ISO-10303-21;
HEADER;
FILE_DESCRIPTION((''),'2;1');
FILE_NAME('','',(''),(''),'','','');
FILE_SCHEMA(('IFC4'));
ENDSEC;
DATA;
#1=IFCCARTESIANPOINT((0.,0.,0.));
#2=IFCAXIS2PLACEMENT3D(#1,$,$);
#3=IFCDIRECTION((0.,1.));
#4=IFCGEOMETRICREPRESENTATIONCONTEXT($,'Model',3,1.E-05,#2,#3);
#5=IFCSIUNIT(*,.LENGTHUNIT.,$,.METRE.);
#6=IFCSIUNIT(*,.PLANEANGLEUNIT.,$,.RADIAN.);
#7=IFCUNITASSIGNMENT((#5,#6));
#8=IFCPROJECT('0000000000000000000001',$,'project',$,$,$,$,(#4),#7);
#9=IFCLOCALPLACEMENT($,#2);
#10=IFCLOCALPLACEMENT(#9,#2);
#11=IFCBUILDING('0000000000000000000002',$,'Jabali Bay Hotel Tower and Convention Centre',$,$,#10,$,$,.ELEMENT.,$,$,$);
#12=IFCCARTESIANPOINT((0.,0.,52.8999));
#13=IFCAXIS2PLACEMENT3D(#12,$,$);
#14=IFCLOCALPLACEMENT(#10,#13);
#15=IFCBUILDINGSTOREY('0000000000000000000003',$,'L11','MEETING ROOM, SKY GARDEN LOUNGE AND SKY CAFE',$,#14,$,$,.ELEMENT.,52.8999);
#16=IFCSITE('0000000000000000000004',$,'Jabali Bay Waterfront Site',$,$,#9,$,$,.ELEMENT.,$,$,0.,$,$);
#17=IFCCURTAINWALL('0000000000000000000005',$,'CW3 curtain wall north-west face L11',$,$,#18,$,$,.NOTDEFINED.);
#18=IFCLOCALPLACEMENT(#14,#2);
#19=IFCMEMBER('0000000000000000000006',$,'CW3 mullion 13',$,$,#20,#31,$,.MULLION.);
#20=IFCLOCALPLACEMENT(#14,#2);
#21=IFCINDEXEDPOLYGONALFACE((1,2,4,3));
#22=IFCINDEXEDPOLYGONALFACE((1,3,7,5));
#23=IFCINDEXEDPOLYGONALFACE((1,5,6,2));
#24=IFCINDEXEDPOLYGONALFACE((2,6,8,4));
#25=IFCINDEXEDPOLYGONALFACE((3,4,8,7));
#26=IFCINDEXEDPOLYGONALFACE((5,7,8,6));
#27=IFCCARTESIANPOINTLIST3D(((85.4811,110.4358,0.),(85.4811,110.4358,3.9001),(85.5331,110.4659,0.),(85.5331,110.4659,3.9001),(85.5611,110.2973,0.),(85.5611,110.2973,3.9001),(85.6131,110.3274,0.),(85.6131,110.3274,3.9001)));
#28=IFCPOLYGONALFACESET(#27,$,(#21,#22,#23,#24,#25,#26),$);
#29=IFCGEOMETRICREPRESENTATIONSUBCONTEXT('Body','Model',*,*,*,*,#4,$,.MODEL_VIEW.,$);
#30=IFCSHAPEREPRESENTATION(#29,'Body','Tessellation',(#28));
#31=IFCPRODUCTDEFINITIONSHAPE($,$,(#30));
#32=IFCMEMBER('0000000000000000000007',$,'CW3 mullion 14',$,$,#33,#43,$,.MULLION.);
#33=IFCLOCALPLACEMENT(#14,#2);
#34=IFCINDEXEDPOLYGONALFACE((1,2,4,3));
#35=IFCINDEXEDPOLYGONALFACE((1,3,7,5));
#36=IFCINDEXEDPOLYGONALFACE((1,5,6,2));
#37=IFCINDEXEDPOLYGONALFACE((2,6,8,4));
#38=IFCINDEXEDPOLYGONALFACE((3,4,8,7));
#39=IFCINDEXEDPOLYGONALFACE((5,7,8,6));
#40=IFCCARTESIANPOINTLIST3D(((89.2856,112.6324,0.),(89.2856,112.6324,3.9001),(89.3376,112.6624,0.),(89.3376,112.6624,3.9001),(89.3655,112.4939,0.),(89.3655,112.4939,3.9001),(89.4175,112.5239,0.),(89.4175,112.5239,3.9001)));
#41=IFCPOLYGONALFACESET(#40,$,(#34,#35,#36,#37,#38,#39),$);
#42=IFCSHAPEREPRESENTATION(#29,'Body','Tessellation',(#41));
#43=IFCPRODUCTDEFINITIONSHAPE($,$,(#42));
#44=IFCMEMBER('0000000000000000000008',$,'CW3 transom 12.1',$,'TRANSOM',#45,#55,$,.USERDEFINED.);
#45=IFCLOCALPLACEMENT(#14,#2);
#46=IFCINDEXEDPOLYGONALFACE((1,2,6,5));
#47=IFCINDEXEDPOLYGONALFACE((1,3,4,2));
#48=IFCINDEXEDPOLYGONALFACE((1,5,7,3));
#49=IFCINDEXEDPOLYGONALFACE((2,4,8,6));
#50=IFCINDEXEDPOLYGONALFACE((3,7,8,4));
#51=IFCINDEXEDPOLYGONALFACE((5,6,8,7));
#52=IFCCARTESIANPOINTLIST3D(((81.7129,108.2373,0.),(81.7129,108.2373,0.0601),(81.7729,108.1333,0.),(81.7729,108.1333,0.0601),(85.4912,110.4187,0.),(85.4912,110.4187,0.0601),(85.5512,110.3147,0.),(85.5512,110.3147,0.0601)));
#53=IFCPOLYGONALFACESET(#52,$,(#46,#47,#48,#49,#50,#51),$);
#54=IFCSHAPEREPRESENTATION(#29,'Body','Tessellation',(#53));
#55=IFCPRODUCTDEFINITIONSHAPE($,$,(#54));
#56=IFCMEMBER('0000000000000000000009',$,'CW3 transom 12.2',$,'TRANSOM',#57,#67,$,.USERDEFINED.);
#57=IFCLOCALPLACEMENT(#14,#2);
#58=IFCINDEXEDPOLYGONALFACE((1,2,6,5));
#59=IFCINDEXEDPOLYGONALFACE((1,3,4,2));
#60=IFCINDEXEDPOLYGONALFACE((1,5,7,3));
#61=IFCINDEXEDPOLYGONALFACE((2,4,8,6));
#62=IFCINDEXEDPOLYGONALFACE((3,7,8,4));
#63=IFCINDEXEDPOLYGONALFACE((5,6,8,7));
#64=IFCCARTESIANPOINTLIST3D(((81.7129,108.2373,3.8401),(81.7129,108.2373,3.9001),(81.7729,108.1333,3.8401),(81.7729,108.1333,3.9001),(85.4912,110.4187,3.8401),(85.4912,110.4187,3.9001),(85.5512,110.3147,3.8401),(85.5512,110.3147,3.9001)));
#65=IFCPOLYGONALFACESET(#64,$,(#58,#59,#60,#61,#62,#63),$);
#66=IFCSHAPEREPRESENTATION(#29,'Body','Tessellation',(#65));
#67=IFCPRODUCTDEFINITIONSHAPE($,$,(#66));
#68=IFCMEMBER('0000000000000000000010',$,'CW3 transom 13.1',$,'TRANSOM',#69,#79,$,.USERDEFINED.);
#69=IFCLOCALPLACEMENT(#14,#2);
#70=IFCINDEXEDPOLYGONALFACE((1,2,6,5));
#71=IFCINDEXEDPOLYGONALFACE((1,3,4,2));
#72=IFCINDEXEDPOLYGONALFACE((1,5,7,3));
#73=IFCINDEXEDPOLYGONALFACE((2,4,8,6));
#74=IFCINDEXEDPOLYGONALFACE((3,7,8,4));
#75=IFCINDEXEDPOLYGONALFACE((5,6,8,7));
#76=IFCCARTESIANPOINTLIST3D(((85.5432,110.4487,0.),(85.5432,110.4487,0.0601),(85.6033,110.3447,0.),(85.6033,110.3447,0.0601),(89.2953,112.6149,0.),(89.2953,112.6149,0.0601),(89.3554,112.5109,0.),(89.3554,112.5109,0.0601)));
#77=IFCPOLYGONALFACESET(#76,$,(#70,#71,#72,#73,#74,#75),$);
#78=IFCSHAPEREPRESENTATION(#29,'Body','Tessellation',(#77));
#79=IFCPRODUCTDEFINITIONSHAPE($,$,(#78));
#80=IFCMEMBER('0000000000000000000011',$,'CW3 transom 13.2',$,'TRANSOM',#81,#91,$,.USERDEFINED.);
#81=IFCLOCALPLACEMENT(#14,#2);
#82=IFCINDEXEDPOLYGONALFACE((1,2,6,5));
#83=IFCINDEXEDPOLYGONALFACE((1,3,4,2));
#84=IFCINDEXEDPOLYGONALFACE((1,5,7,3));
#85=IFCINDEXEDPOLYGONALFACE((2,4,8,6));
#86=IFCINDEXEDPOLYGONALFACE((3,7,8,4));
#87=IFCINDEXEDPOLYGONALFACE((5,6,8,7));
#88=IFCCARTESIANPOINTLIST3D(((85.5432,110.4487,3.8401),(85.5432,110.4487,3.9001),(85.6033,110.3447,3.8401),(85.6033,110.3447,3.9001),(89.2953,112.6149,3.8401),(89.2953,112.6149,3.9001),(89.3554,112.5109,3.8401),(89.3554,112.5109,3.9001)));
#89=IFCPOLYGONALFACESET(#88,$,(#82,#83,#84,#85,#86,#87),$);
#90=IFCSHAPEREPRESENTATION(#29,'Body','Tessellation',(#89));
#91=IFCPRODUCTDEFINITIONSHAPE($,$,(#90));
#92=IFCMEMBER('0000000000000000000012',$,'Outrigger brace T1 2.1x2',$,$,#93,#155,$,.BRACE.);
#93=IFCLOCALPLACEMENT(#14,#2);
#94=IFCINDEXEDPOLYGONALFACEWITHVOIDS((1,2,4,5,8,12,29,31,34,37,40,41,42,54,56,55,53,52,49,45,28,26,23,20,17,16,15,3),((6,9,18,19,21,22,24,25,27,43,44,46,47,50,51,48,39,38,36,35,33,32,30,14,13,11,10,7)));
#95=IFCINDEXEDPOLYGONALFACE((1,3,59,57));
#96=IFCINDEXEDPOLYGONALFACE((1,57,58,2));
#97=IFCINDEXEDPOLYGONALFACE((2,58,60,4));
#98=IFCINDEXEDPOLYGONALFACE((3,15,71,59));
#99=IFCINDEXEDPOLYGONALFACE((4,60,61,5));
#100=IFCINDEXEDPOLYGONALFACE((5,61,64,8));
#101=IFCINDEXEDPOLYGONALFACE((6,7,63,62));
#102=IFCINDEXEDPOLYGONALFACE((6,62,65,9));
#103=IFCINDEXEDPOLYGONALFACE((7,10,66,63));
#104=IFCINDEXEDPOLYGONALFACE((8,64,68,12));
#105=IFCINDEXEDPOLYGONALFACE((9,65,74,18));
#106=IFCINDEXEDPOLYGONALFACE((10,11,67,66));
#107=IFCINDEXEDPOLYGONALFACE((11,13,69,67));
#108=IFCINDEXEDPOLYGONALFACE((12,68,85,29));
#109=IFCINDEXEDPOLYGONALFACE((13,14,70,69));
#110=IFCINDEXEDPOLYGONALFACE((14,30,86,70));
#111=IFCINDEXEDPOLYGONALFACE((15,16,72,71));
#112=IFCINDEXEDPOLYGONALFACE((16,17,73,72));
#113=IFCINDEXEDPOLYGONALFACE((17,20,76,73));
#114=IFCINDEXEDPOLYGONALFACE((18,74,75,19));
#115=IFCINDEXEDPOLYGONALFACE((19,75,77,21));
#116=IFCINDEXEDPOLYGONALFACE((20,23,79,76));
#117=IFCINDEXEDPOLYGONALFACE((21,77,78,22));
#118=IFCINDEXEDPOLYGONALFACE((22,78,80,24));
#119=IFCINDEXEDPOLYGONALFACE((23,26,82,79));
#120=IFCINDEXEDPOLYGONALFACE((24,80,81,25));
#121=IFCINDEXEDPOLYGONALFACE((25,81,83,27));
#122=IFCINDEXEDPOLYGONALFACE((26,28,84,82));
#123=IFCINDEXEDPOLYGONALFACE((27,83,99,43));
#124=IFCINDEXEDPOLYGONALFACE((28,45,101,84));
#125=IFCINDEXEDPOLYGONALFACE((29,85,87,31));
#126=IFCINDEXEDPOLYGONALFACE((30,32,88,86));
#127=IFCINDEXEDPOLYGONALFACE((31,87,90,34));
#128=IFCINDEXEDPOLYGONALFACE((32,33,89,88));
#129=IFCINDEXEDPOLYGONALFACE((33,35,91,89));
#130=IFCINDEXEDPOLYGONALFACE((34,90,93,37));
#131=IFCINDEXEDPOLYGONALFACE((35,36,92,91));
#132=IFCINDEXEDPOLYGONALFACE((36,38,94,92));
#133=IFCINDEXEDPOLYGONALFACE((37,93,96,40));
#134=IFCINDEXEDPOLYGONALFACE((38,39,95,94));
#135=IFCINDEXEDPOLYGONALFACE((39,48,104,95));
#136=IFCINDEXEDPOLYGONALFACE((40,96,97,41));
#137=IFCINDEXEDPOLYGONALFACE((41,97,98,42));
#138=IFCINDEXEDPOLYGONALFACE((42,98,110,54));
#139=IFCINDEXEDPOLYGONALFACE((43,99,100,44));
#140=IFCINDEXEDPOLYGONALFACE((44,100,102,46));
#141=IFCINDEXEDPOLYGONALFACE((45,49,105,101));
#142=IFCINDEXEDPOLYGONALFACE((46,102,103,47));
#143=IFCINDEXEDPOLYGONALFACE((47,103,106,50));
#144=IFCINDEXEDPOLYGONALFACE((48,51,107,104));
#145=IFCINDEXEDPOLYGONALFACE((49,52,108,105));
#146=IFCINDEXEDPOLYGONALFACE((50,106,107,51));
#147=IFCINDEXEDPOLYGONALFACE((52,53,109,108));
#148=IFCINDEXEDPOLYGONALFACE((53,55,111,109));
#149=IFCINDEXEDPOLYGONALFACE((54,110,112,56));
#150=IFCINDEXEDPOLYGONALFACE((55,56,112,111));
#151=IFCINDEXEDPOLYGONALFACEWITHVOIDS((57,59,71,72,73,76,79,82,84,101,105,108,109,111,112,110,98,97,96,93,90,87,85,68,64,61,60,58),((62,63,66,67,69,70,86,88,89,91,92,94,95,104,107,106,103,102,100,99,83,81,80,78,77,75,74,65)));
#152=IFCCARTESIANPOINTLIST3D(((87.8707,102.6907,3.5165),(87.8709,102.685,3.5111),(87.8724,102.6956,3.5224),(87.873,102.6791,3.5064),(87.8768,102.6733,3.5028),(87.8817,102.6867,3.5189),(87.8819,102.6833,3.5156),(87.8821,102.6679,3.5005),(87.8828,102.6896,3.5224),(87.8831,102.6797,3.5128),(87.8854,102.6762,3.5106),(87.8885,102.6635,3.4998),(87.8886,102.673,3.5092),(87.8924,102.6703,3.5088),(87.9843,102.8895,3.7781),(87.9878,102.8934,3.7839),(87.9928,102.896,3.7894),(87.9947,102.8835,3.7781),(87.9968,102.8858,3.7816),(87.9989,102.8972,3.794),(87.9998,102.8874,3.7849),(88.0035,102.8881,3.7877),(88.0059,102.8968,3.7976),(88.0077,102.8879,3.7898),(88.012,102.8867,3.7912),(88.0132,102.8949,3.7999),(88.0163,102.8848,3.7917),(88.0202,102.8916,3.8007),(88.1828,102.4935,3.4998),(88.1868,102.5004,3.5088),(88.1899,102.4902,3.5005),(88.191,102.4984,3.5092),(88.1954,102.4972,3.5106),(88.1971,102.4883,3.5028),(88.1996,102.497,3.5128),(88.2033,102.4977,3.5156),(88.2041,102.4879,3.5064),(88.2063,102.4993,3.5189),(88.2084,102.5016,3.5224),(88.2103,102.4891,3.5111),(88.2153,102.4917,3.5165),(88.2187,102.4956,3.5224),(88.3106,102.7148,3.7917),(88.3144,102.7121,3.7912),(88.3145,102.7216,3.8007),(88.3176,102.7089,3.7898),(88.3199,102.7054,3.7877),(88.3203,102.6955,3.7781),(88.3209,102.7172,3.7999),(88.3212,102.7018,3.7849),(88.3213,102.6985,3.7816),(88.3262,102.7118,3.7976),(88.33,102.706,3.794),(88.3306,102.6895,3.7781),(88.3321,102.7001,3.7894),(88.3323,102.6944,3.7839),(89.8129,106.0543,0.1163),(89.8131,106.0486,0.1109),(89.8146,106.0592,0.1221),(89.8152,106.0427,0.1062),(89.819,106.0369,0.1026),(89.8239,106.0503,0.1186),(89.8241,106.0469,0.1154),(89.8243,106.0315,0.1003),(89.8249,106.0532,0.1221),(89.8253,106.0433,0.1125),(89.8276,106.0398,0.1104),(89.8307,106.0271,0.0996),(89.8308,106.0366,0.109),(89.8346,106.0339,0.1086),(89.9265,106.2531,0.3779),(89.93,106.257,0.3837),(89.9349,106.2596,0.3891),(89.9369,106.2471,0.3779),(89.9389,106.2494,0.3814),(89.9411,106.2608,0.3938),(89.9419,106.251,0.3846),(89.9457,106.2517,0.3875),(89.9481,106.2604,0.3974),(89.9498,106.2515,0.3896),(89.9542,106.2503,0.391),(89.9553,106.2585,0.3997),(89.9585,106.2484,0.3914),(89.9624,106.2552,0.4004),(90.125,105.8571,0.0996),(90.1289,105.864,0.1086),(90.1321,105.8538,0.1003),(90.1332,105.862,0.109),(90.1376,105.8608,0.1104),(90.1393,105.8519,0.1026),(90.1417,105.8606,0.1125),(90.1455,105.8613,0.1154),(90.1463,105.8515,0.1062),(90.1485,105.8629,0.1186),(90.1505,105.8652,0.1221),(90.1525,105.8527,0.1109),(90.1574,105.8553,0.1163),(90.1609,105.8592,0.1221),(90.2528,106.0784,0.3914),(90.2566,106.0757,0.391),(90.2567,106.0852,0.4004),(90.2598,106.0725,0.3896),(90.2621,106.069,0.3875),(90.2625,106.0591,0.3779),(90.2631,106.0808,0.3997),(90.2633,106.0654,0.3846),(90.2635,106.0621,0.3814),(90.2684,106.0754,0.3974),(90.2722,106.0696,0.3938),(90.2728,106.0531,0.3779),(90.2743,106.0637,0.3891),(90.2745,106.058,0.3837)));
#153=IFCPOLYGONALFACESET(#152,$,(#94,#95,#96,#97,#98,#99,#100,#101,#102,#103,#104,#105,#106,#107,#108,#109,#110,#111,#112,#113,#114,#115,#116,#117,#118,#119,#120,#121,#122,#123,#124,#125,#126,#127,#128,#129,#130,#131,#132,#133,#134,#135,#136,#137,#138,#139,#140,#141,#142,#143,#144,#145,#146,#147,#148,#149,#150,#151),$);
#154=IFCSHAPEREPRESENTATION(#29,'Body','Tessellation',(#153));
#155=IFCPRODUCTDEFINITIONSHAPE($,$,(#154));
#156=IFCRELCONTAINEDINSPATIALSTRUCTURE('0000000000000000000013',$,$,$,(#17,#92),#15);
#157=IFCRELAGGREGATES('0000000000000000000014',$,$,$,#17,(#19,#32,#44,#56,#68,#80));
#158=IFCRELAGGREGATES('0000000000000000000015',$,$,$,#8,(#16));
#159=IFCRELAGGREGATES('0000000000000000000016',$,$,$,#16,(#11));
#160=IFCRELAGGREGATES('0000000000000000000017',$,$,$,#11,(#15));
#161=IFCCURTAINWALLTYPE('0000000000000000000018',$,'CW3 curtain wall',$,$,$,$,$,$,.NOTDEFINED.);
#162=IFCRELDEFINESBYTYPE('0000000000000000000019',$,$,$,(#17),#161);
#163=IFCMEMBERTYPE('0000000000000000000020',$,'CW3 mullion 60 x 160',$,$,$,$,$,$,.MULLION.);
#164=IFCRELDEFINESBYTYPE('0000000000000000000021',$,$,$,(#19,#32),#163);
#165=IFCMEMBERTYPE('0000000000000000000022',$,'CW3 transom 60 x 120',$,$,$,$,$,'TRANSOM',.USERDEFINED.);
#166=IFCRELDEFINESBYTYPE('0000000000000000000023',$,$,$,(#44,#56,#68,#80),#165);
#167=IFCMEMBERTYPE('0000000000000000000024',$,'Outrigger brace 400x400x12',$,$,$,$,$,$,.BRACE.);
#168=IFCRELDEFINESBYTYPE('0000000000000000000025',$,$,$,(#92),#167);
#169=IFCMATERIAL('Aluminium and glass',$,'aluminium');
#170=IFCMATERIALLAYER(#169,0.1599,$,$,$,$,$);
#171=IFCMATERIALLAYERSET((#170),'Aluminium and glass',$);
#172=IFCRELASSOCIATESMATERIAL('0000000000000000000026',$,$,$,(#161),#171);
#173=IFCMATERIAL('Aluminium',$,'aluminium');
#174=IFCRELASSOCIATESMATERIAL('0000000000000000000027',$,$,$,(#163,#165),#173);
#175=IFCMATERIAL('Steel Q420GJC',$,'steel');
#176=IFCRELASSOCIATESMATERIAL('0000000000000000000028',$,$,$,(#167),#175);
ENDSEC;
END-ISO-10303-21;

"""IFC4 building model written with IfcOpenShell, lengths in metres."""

from ifc_helpers import new_model, si_unit, direction, frame, origin, origin_2d, place, context, subcontext, project, spatial, rectangle, hollow_rectangle, extrude, material, layer, layer_set, material_profile, profile_set, type_object, element, aggregate, save


model = new_model("IFC4")

# Units and contexts
model_context = context("Model", 3, precision=1e-05, world=origin(), true_north=direction((0.0, 1.0)))
body_context = subcontext(model_context, "Body", "Model", "MODEL_VIEW")
ifc_project = project(units=[si_unit("LENGTHUNIT", "METRE"), si_unit("PLANEANGLEUNIT", "RADIAN")], contexts=[model_context])

# Site, building, storey
site_placement = place(None, origin())
site = spatial("IfcSite", under=ifc_project, at=site_placement, Name="Jabali Bay Waterfront Site", CompositionType="ELEMENT", RefElevation=0.0)
building_placement = place(site_placement, origin())
building = spatial("IfcBuilding", under=site, at=building_placement, Name="Jabali Bay Hotel Tower and Convention Centre", CompositionType="ELEMENT")
storey_placement = place(building_placement, frame((0.0, 0.0, 52.8999)))
storey = spatial("IfcBuildingStorey", under=building, at=storey_placement, Name="L11", Description="MEETING ROOM, SKY GARDEN LOUNGE AND SKY CAFE", CompositionType="ELEMENT", Elevation=52.8999)

# Shared definitions
ifc_material_1 = material(Name="Steel Q420GJC", Category="steel")

# Curtain wall, members
ifc_material_2 = material(Name="Aluminium and glass", Category="aluminium")
ifc_layer_1 = layer(ifc_material_2, 0.1599)
ifc_layer_set_1 = layer_set([ifc_layer_1], Name="Aluminium and glass")
curtain_wall_type = type_object("IfcCurtainWallType", Name="CW3 curtain wall", PredefinedType="NOTDEFINED", material=ifc_layer_set_1)
curtain_wall_placement = place(storey_placement, origin())
curtain_wall = element("IfcCurtainWall", 1, at=curtain_wall_placement, inside=storey, type_object=curtain_wall_type, Name="CW3 curtain wall north-west face L11", PredefinedType="NOTDEFINED")
ifc_material_3 = material(Name="Aluminium", Category="aluminium")
ifc_material_profile_1 = material_profile(ifc_material_3, rectangle(XDim=0.1599, YDim=0.0601, at=origin_2d()), Name="CW3 mullion 60 x 160")
ifc_profile_set_1 = profile_set([ifc_material_profile_1], Name="Aluminium")
member_type_1 = type_object("IfcMemberType", Name="CW3 mullion 60 x 160", PredefinedType="MULLION", material=ifc_profile_set_1)
member_1_placement = place(storey_placement, frame((85.5471, 110.3816, 0.0), z_axis=(0.0, 0.0, 1.0), x_axis=(-0.5, 0.866025, 0.0)))
member_1 = element("IfcMember", 2, at=member_1_placement, type_object=member_type_1, Name="CW3 mullion 13", PredefinedType="MULLION", context=body_context, shape_type="SweptSolid", body=[
    extrude(rectangle(XDim=0.1599, YDim=0.0601, at=origin_2d()), origin(), (0.0, 0.0, 1.0), 3.9001),
])
member_2_placement = place(storey_placement, frame((89.3516, 112.5781, 0.0), z_axis=(0.0, 0.0, 1.0), x_axis=(-0.5, 0.866025, 0.0)))
member_2 = element("IfcMember", 3, at=member_2_placement, type_object=member_type_1, Name="CW3 mullion 14", PredefinedType="MULLION", context=body_context, shape_type="SweptSolid", body=[
    extrude(rectangle(XDim=0.1599, YDim=0.0601, at=origin_2d()), origin(), (0.0, 0.0, 1.0), 3.9001),
])
ifc_material_profile_2 = material_profile(ifc_material_3, rectangle(XDim=0.1201, YDim=0.0601, at=origin_2d()), Name="CW3 transom 60 x 120")
ifc_profile_set_2 = profile_set([ifc_material_profile_2], Name="Aluminium")
member_type_2 = type_object("IfcMemberType", Name="CW3 transom 60 x 120", ElementType="TRANSOM", PredefinedType="USERDEFINED", material=ifc_profile_set_2)
member_3_placement = place(storey_placement, frame((81.7429, 108.1853, 0.03), z_axis=(0.866027, 0.499997, 0.0), x_axis=(-0.499997, 0.866027, 0.0)))
member_3 = element("IfcMember", 4, at=member_3_placement, type_object=member_type_2, Name="CW3 transom 12.1", ObjectType="TRANSOM", PredefinedType="USERDEFINED", context=body_context, shape_type="SweptSolid", body=[
    extrude(rectangle(XDim=0.1201, YDim=0.0601, at=origin_2d()), origin(), (0.0, 0.0, 1.0), 4.3628),
])
member_4_placement = place(storey_placement, frame((81.7429, 108.1853, 3.8701), z_axis=(0.866027, 0.499997, 0.0), x_axis=(-0.499997, 0.866027, 0.0)))
member_4 = element("IfcMember", 5, at=member_4_placement, type_object=member_type_2, Name="CW3 transom 12.2", ObjectType="TRANSOM", PredefinedType="USERDEFINED", context=body_context, shape_type="SweptSolid", body=[
    extrude(rectangle(XDim=0.1201, YDim=0.0601, at=origin_2d()), origin(), (0.0, 0.0, 1.0), 4.3628),
])
member_5_placement = place(storey_placement, frame((85.5732, 110.3967, 0.03), z_axis=(0.866033, 0.499987, 0.0), x_axis=(-0.499987, 0.866033, 0.0)))
member_5 = element("IfcMember", 6, at=member_5_placement, type_object=member_type_2, Name="CW3 transom 13.1", ObjectType="TRANSOM", PredefinedType="USERDEFINED", context=body_context, shape_type="SweptSolid", body=[
    extrude(rectangle(XDim=0.1201, YDim=0.0601, at=origin_2d()), origin(), (0.0, 0.0, 1.0), 4.3325),
])
member_6_placement = place(storey_placement, frame((85.5732, 110.3967, 3.8701), z_axis=(0.866033, 0.499987, 0.0), x_axis=(-0.499987, 0.866033, 0.0)))
member_6 = element("IfcMember", 7, at=member_6_placement, type_object=member_type_2, Name="CW3 transom 13.2", ObjectType="TRANSOM", PredefinedType="USERDEFINED", context=body_context, shape_type="SweptSolid", body=[
    extrude(rectangle(XDim=0.1201, YDim=0.0601, at=origin_2d()), origin(), (0.0, 0.0, 1.0), 4.3325),
])

# Member
ifc_material_profile_3 = material_profile(ifc_material_1, hollow_rectangle(XDim=0.3999, YDim=0.3999, WallThickness=0.012, InnerFilletRadius=0.0181, OuterFilletRadius=0.03, at=origin_2d()), Name="Outrigger brace 400x400x12")
ifc_profile_set_3 = profile_set([ifc_material_profile_3], Name="Steel Q420GJC")
member_type_3 = type_object("IfcMemberType", Name="Outrigger brace 400x400x12", PredefinedType="BRACE", material=ifc_profile_set_3)
member_7_placement = place(storey_placement, frame((90.0437, 106.0562, 0.25), z_axis=(-0.376238, -0.651594, 0.658688), x_axis=(0.866002, -0.50004, 0.0)))
element("IfcMember", 8, at=member_7_placement, inside=storey, type_object=member_type_3, Name="Outrigger brace T1 2.1x2", PredefinedType="BRACE", context=body_context, shape_type="SweptSolid", body=[
    extrude(hollow_rectangle(XDim=0.3999, YDim=0.3999, WallThickness=0.012, InnerFilletRadius=0.0181, OuterFilletRadius=0.03, at=origin_2d()), origin(), (0.0, 0.0, 1.0), 5.1621),
])

aggregate(curtain_wall, [member_1, member_2, member_3, member_4, member_5, member_6])

save(model, "model.ifc")
